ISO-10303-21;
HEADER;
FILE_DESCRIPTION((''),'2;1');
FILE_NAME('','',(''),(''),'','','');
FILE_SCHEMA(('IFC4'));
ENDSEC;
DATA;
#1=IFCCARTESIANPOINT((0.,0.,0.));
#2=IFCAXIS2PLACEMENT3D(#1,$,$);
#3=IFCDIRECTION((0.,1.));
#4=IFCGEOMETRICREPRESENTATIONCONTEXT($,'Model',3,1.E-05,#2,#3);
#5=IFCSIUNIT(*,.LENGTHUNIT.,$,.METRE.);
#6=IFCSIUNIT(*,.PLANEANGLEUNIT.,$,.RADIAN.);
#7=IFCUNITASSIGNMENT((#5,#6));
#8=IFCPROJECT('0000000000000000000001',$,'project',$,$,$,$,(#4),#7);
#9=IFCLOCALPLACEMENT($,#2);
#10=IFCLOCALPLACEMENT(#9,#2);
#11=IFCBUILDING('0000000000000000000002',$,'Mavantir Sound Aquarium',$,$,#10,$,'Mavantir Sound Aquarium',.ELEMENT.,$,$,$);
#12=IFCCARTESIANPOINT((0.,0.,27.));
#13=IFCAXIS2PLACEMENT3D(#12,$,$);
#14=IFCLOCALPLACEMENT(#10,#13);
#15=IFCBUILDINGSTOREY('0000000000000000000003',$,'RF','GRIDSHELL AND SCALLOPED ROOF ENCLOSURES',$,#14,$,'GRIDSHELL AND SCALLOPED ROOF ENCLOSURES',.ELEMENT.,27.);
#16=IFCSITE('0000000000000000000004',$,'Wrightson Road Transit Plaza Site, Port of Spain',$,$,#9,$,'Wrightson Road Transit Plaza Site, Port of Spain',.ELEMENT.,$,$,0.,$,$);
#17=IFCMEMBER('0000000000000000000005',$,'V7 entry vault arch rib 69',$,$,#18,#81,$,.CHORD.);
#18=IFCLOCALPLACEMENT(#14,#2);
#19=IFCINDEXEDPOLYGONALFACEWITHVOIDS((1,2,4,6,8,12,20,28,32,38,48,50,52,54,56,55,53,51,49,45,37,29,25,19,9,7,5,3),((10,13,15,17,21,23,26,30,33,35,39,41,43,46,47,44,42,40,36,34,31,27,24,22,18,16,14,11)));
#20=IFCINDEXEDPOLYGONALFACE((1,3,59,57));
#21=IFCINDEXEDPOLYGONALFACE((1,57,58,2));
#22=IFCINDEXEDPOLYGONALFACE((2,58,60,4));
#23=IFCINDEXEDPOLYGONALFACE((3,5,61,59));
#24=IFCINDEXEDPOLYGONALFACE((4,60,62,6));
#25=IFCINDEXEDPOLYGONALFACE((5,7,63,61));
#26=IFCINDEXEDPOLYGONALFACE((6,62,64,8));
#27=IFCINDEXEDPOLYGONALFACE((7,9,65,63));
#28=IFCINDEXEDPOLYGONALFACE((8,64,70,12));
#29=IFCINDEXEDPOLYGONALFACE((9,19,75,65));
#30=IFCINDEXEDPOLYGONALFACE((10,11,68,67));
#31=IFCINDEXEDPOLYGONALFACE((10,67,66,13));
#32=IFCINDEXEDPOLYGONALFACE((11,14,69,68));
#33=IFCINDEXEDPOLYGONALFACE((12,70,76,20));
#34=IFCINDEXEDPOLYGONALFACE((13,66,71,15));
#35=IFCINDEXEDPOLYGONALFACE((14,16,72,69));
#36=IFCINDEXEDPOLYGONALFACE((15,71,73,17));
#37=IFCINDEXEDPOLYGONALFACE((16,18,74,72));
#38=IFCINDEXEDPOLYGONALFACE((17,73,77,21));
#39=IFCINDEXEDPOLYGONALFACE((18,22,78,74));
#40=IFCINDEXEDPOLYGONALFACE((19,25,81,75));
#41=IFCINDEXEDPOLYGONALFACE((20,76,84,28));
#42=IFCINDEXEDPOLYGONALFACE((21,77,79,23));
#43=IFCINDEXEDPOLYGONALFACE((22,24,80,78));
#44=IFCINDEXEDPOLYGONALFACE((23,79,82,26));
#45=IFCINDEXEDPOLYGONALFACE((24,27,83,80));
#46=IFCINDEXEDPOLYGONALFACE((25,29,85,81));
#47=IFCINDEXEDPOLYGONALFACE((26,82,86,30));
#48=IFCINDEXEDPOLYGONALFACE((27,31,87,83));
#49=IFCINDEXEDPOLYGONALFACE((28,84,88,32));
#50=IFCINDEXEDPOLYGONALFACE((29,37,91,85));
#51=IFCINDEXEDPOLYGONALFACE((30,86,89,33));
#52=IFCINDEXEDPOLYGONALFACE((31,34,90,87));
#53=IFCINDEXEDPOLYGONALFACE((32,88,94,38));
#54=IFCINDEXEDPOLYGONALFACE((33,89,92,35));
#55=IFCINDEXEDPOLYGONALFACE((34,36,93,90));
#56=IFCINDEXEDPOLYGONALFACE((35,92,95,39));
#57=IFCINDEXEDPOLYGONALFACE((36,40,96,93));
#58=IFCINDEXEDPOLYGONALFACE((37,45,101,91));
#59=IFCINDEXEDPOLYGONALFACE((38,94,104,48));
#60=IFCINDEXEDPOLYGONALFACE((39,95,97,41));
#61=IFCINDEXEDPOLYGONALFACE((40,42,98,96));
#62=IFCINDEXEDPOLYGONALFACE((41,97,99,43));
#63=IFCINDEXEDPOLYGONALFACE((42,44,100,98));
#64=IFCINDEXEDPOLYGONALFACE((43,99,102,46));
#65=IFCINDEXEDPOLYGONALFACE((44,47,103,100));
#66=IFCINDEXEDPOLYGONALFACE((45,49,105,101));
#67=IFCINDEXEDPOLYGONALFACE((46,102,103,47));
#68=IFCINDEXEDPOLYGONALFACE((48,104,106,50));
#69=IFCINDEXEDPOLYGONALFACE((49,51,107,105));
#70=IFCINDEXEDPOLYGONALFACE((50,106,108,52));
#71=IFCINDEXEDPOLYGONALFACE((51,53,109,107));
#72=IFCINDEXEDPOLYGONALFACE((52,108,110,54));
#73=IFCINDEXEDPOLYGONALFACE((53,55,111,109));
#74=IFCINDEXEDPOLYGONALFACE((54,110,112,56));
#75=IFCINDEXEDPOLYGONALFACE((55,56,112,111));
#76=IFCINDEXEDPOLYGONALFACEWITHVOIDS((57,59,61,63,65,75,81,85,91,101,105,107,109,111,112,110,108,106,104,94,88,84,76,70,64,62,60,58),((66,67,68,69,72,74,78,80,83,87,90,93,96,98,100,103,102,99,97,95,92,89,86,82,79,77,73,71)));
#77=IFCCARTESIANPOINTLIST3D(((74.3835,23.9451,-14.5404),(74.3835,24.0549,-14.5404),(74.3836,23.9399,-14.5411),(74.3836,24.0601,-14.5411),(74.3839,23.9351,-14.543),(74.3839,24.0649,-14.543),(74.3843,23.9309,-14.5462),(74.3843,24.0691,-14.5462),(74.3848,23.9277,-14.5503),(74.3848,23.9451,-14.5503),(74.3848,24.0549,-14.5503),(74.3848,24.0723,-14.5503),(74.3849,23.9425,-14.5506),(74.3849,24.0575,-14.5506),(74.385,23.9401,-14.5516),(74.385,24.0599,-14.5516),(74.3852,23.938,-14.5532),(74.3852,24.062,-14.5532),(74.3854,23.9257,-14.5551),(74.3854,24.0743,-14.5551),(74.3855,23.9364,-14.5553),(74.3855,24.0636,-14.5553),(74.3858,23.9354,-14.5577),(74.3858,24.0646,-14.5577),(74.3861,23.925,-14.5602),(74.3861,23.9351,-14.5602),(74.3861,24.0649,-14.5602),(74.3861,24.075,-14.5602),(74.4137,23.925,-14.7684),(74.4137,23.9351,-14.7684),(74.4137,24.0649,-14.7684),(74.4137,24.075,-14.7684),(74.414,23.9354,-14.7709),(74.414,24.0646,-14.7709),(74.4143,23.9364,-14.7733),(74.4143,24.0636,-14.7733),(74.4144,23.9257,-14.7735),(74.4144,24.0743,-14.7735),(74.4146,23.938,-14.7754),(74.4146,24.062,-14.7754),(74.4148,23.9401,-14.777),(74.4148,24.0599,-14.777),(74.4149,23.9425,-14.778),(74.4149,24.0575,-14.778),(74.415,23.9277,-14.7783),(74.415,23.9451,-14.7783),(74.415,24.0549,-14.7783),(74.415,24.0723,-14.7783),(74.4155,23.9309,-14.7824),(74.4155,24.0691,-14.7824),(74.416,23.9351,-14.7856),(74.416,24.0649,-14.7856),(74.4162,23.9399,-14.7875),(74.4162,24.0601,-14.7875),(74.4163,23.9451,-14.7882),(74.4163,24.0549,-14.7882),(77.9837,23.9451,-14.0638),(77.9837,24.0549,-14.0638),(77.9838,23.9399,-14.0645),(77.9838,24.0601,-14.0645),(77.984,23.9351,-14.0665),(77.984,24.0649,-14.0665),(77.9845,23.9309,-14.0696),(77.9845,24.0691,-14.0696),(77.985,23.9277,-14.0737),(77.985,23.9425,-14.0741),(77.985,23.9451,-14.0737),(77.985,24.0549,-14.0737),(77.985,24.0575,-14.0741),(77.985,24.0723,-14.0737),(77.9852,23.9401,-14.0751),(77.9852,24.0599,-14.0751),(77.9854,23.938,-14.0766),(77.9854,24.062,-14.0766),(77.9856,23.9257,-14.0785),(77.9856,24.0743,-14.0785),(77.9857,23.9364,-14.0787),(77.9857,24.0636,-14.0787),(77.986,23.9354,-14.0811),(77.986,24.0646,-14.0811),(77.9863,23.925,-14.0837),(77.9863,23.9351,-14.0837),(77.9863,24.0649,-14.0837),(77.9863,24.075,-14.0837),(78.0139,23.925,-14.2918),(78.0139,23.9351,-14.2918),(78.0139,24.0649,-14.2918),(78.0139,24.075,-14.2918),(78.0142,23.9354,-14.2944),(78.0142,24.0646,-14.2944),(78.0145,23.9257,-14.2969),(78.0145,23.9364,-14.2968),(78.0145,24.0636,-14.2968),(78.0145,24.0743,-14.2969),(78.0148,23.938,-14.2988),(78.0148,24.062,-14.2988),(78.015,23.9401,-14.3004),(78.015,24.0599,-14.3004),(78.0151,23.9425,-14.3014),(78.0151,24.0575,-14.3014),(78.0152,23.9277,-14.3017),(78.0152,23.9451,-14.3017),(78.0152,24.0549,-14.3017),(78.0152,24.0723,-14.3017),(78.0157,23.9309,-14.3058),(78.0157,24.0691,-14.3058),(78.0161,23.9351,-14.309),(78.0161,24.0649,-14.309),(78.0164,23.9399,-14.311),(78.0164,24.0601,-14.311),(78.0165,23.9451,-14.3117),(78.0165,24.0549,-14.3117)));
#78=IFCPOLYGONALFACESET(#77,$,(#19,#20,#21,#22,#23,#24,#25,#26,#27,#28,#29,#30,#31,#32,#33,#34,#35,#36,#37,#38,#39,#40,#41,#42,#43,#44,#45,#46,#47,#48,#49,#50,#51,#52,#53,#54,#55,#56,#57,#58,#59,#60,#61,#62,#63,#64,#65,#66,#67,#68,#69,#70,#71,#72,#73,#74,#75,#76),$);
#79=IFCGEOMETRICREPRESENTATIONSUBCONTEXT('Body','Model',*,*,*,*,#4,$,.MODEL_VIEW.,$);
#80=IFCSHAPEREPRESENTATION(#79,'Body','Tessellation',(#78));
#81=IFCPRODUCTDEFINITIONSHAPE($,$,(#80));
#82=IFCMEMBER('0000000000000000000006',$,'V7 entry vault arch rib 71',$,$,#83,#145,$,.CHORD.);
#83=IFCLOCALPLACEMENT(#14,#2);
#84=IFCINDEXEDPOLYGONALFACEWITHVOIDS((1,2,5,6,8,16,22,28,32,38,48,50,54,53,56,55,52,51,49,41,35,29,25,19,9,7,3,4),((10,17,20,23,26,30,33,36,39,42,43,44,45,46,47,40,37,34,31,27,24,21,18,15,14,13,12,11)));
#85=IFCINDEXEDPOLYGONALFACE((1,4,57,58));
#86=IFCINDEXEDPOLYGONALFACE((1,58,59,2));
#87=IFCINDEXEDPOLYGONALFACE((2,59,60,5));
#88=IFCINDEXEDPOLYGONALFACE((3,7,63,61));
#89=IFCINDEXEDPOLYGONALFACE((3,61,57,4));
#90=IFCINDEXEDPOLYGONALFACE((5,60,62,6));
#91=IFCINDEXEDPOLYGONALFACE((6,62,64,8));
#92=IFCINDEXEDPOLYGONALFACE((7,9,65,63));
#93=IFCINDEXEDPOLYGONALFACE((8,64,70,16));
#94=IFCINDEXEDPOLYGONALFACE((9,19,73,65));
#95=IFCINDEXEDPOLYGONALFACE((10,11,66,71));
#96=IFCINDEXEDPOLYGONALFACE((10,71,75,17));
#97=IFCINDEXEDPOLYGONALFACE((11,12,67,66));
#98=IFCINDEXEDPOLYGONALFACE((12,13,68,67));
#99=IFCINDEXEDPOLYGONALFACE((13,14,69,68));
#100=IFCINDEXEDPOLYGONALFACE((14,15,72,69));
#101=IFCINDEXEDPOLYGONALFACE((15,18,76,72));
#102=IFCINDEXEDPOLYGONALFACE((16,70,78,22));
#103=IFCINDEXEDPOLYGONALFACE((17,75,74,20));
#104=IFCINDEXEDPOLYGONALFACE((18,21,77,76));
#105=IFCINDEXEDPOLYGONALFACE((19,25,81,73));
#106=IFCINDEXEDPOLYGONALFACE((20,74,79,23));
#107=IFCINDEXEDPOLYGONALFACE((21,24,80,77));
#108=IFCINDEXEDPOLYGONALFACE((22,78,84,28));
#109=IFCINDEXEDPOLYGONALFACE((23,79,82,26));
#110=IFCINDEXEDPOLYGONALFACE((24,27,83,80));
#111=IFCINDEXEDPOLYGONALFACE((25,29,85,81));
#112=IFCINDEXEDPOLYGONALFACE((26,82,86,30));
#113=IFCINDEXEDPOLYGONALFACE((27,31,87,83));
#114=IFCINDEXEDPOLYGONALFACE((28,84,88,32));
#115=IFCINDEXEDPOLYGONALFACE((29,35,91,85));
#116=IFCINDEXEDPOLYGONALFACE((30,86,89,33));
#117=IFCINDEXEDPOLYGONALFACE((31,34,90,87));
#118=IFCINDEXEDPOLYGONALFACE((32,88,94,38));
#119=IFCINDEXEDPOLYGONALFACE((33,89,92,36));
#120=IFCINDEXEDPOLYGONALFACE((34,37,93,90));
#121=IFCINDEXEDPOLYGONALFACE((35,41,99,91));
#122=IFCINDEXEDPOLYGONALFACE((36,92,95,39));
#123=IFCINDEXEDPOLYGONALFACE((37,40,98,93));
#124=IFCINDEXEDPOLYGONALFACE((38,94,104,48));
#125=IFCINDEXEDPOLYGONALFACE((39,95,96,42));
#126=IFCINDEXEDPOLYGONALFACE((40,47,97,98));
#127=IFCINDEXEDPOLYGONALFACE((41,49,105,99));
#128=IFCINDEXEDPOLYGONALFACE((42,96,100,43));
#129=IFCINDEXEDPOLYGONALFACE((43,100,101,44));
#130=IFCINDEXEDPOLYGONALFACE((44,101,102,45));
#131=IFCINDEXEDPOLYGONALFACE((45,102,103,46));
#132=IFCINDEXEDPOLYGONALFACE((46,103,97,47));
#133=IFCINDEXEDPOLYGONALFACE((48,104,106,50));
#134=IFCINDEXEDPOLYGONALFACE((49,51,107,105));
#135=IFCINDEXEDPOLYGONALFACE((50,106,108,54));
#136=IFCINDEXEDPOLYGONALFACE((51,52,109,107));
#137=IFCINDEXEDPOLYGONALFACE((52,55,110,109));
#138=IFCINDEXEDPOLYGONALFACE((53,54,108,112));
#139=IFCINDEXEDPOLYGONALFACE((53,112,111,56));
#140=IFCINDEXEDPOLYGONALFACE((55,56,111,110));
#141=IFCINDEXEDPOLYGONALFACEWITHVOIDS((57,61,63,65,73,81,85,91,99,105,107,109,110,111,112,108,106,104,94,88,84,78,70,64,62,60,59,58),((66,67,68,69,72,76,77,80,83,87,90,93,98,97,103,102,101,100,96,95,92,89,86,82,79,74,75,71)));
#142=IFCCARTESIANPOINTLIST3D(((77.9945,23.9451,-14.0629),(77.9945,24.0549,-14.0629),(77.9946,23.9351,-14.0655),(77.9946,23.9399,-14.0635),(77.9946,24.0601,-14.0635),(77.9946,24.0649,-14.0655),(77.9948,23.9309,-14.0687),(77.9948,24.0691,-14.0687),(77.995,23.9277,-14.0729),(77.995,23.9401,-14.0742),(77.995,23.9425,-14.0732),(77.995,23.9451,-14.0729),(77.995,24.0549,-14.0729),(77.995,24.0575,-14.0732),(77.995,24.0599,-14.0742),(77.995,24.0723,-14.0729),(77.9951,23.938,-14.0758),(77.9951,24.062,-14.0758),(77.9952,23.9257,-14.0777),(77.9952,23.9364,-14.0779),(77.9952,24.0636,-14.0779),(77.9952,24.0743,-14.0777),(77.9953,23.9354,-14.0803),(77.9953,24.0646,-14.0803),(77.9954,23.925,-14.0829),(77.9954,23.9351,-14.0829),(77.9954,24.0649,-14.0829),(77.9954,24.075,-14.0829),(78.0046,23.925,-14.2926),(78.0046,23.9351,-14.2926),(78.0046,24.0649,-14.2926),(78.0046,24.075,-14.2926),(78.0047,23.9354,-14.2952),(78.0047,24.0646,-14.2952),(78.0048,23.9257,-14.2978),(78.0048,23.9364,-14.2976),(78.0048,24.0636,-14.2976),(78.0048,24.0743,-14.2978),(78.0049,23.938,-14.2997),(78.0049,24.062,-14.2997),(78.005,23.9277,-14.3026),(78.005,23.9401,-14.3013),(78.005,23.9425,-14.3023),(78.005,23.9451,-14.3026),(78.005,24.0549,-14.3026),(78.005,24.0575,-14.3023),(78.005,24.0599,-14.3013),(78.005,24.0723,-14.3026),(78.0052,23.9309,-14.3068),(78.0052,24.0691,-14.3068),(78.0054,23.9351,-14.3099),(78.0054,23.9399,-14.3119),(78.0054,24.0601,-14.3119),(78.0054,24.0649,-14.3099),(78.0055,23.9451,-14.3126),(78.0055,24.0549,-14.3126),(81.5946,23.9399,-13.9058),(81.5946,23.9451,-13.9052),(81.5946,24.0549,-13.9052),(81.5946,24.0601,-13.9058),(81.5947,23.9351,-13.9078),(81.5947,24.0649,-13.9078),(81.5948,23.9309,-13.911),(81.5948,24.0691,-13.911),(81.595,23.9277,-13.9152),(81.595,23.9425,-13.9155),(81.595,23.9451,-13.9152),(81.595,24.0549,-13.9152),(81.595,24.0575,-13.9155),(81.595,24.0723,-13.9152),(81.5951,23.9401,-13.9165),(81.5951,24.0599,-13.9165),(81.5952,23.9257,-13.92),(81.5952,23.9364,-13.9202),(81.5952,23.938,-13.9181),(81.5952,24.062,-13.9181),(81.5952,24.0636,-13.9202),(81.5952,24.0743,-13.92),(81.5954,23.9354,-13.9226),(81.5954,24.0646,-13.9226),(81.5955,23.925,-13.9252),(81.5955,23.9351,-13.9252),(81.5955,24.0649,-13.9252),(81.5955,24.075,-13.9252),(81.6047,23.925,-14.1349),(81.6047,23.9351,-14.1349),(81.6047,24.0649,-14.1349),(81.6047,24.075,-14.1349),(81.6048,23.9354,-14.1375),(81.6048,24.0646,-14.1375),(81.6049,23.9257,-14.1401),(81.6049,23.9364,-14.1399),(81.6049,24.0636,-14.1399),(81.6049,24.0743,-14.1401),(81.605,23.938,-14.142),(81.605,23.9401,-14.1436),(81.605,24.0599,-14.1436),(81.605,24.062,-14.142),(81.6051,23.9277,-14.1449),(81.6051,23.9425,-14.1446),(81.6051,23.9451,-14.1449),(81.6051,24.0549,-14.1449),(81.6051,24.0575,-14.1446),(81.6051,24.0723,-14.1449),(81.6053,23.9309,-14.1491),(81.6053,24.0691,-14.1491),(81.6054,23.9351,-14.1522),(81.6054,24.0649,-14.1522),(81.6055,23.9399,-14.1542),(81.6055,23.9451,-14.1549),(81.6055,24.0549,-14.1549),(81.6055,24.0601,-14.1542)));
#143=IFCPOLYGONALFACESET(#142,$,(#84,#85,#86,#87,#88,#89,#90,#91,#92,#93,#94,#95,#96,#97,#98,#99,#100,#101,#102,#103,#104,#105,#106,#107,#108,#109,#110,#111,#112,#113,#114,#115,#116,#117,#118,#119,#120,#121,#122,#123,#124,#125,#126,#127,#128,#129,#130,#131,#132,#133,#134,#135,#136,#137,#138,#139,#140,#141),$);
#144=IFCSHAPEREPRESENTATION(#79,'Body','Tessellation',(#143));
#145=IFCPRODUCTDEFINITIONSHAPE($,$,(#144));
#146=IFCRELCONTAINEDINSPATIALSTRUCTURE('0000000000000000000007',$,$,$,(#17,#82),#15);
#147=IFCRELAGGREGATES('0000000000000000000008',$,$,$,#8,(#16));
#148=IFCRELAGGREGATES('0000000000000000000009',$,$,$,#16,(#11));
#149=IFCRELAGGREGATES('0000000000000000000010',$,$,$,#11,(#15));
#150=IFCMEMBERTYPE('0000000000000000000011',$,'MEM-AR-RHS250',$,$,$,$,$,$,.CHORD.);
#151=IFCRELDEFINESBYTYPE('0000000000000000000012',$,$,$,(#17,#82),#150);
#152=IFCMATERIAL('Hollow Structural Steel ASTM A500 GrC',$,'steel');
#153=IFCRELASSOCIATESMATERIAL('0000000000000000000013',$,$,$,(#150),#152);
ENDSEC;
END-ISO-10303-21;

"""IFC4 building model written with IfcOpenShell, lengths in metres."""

from ifc_helpers import new_model, si_unit, direction, frame, origin, origin_2d, place, context, subcontext, project, spatial, hollow_rectangle, extrude, material, material_profile, profile_set, type_object, element, save


model = new_model("IFC4")

# Units and contexts
model_context = context("Model", 3, precision=1e-05, world=origin(), true_north=direction((0.0, 1.0)))
body_context = subcontext(model_context, "Body", "Model", "MODEL_VIEW")
ifc_project = project(units=[si_unit("LENGTHUNIT", "METRE"), si_unit("PLANEANGLEUNIT", "RADIAN")], contexts=[model_context])

# Site, building, storey
site_placement = place(None, origin())
site = spatial("IfcSite", under=ifc_project, at=site_placement, Name="Wrightson Road Transit Plaza Site, Port of Spain", LongName="Wrightson Road Transit Plaza Site, Port of Spain", CompositionType="ELEMENT", RefElevation=0.0)
building_placement = place(site_placement, origin())
building = spatial("IfcBuilding", under=site, at=building_placement, Name="Mavantir Sound Aquarium", LongName="Mavantir Sound Aquarium", CompositionType="ELEMENT")
storey_placement = place(building_placement, frame((0.0, 0.0, 27.0)))
storey = spatial("IfcBuildingStorey", under=building, at=storey_placement, Name="RF", Description="GRIDSHELL AND SCALLOPED ROOF ENCLOSURES", LongName="GRIDSHELL AND SCALLOPED ROOF ENCLOSURES", CompositionType="ELEMENT", Elevation=27.0)

# Members
ifc_material_1 = material(Name="Hollow Structural Steel ASTM A500 GrC", Category="steel")
ifc_material_profile_1 = material_profile(ifc_material_1, hollow_rectangle(XDim=0.1499, YDim=0.25, WallThickness=0.01, InnerFilletRadius=0.01, OuterFilletRadius=0.02, at=origin_2d()), Name="RHS 250X150X10")
ifc_profile_set_1 = profile_set([ifc_material_profile_1], Name="Hollow Structural Steel ASTM A500 GrC")
member_type_1 = type_object("IfcMemberType", Name="MEM-AR-RHS250", PredefinedType="CHORD", material=ifc_profile_set_1)
for number, where, z_axis, x_axis, name in (
    (1, (74.3999, 24.0, -14.6643), (0.991352, 0.0, 0.13123), (0.0, 1.0, 0.0), "V7 entry vault arch rib 69"),
):
    element("IfcMember", number, at=place(storey_placement, frame(where, z_axis=z_axis, x_axis=x_axis)), inside=storey, type_object=member_type_1, Name=name, PredefinedType="CHORD", context=body_context, shape_type="SweptSolid", body=[
        extrude(hollow_rectangle(XDim=0.1499, YDim=0.25, WallThickness=0.01, InnerFilletRadius=0.01, OuterFilletRadius=0.02, at=origin_2d()), origin(), (0.0, 0.0, 1.0), 3.6316),
    ])
member_1_placement = place(storey_placement, frame((78.0, 24.0, -14.1877), z_axis=(0.999042, 0.0, 0.043767), x_axis=(0.0, 1.0, 0.0)))
element("IfcMember", 2, at=member_1_placement, inside=storey, type_object=member_type_1, Name="V7 entry vault arch rib 71", PredefinedType="CHORD", context=body_context, shape_type="SweptSolid", body=[
    extrude(hollow_rectangle(XDim=0.1499, YDim=0.25, WallThickness=0.01, InnerFilletRadius=0.01, OuterFilletRadius=0.02, at=origin_2d()), origin(), (0.0, 0.0, 1.0), 3.6035),
])

save(model, "model.ifc")
